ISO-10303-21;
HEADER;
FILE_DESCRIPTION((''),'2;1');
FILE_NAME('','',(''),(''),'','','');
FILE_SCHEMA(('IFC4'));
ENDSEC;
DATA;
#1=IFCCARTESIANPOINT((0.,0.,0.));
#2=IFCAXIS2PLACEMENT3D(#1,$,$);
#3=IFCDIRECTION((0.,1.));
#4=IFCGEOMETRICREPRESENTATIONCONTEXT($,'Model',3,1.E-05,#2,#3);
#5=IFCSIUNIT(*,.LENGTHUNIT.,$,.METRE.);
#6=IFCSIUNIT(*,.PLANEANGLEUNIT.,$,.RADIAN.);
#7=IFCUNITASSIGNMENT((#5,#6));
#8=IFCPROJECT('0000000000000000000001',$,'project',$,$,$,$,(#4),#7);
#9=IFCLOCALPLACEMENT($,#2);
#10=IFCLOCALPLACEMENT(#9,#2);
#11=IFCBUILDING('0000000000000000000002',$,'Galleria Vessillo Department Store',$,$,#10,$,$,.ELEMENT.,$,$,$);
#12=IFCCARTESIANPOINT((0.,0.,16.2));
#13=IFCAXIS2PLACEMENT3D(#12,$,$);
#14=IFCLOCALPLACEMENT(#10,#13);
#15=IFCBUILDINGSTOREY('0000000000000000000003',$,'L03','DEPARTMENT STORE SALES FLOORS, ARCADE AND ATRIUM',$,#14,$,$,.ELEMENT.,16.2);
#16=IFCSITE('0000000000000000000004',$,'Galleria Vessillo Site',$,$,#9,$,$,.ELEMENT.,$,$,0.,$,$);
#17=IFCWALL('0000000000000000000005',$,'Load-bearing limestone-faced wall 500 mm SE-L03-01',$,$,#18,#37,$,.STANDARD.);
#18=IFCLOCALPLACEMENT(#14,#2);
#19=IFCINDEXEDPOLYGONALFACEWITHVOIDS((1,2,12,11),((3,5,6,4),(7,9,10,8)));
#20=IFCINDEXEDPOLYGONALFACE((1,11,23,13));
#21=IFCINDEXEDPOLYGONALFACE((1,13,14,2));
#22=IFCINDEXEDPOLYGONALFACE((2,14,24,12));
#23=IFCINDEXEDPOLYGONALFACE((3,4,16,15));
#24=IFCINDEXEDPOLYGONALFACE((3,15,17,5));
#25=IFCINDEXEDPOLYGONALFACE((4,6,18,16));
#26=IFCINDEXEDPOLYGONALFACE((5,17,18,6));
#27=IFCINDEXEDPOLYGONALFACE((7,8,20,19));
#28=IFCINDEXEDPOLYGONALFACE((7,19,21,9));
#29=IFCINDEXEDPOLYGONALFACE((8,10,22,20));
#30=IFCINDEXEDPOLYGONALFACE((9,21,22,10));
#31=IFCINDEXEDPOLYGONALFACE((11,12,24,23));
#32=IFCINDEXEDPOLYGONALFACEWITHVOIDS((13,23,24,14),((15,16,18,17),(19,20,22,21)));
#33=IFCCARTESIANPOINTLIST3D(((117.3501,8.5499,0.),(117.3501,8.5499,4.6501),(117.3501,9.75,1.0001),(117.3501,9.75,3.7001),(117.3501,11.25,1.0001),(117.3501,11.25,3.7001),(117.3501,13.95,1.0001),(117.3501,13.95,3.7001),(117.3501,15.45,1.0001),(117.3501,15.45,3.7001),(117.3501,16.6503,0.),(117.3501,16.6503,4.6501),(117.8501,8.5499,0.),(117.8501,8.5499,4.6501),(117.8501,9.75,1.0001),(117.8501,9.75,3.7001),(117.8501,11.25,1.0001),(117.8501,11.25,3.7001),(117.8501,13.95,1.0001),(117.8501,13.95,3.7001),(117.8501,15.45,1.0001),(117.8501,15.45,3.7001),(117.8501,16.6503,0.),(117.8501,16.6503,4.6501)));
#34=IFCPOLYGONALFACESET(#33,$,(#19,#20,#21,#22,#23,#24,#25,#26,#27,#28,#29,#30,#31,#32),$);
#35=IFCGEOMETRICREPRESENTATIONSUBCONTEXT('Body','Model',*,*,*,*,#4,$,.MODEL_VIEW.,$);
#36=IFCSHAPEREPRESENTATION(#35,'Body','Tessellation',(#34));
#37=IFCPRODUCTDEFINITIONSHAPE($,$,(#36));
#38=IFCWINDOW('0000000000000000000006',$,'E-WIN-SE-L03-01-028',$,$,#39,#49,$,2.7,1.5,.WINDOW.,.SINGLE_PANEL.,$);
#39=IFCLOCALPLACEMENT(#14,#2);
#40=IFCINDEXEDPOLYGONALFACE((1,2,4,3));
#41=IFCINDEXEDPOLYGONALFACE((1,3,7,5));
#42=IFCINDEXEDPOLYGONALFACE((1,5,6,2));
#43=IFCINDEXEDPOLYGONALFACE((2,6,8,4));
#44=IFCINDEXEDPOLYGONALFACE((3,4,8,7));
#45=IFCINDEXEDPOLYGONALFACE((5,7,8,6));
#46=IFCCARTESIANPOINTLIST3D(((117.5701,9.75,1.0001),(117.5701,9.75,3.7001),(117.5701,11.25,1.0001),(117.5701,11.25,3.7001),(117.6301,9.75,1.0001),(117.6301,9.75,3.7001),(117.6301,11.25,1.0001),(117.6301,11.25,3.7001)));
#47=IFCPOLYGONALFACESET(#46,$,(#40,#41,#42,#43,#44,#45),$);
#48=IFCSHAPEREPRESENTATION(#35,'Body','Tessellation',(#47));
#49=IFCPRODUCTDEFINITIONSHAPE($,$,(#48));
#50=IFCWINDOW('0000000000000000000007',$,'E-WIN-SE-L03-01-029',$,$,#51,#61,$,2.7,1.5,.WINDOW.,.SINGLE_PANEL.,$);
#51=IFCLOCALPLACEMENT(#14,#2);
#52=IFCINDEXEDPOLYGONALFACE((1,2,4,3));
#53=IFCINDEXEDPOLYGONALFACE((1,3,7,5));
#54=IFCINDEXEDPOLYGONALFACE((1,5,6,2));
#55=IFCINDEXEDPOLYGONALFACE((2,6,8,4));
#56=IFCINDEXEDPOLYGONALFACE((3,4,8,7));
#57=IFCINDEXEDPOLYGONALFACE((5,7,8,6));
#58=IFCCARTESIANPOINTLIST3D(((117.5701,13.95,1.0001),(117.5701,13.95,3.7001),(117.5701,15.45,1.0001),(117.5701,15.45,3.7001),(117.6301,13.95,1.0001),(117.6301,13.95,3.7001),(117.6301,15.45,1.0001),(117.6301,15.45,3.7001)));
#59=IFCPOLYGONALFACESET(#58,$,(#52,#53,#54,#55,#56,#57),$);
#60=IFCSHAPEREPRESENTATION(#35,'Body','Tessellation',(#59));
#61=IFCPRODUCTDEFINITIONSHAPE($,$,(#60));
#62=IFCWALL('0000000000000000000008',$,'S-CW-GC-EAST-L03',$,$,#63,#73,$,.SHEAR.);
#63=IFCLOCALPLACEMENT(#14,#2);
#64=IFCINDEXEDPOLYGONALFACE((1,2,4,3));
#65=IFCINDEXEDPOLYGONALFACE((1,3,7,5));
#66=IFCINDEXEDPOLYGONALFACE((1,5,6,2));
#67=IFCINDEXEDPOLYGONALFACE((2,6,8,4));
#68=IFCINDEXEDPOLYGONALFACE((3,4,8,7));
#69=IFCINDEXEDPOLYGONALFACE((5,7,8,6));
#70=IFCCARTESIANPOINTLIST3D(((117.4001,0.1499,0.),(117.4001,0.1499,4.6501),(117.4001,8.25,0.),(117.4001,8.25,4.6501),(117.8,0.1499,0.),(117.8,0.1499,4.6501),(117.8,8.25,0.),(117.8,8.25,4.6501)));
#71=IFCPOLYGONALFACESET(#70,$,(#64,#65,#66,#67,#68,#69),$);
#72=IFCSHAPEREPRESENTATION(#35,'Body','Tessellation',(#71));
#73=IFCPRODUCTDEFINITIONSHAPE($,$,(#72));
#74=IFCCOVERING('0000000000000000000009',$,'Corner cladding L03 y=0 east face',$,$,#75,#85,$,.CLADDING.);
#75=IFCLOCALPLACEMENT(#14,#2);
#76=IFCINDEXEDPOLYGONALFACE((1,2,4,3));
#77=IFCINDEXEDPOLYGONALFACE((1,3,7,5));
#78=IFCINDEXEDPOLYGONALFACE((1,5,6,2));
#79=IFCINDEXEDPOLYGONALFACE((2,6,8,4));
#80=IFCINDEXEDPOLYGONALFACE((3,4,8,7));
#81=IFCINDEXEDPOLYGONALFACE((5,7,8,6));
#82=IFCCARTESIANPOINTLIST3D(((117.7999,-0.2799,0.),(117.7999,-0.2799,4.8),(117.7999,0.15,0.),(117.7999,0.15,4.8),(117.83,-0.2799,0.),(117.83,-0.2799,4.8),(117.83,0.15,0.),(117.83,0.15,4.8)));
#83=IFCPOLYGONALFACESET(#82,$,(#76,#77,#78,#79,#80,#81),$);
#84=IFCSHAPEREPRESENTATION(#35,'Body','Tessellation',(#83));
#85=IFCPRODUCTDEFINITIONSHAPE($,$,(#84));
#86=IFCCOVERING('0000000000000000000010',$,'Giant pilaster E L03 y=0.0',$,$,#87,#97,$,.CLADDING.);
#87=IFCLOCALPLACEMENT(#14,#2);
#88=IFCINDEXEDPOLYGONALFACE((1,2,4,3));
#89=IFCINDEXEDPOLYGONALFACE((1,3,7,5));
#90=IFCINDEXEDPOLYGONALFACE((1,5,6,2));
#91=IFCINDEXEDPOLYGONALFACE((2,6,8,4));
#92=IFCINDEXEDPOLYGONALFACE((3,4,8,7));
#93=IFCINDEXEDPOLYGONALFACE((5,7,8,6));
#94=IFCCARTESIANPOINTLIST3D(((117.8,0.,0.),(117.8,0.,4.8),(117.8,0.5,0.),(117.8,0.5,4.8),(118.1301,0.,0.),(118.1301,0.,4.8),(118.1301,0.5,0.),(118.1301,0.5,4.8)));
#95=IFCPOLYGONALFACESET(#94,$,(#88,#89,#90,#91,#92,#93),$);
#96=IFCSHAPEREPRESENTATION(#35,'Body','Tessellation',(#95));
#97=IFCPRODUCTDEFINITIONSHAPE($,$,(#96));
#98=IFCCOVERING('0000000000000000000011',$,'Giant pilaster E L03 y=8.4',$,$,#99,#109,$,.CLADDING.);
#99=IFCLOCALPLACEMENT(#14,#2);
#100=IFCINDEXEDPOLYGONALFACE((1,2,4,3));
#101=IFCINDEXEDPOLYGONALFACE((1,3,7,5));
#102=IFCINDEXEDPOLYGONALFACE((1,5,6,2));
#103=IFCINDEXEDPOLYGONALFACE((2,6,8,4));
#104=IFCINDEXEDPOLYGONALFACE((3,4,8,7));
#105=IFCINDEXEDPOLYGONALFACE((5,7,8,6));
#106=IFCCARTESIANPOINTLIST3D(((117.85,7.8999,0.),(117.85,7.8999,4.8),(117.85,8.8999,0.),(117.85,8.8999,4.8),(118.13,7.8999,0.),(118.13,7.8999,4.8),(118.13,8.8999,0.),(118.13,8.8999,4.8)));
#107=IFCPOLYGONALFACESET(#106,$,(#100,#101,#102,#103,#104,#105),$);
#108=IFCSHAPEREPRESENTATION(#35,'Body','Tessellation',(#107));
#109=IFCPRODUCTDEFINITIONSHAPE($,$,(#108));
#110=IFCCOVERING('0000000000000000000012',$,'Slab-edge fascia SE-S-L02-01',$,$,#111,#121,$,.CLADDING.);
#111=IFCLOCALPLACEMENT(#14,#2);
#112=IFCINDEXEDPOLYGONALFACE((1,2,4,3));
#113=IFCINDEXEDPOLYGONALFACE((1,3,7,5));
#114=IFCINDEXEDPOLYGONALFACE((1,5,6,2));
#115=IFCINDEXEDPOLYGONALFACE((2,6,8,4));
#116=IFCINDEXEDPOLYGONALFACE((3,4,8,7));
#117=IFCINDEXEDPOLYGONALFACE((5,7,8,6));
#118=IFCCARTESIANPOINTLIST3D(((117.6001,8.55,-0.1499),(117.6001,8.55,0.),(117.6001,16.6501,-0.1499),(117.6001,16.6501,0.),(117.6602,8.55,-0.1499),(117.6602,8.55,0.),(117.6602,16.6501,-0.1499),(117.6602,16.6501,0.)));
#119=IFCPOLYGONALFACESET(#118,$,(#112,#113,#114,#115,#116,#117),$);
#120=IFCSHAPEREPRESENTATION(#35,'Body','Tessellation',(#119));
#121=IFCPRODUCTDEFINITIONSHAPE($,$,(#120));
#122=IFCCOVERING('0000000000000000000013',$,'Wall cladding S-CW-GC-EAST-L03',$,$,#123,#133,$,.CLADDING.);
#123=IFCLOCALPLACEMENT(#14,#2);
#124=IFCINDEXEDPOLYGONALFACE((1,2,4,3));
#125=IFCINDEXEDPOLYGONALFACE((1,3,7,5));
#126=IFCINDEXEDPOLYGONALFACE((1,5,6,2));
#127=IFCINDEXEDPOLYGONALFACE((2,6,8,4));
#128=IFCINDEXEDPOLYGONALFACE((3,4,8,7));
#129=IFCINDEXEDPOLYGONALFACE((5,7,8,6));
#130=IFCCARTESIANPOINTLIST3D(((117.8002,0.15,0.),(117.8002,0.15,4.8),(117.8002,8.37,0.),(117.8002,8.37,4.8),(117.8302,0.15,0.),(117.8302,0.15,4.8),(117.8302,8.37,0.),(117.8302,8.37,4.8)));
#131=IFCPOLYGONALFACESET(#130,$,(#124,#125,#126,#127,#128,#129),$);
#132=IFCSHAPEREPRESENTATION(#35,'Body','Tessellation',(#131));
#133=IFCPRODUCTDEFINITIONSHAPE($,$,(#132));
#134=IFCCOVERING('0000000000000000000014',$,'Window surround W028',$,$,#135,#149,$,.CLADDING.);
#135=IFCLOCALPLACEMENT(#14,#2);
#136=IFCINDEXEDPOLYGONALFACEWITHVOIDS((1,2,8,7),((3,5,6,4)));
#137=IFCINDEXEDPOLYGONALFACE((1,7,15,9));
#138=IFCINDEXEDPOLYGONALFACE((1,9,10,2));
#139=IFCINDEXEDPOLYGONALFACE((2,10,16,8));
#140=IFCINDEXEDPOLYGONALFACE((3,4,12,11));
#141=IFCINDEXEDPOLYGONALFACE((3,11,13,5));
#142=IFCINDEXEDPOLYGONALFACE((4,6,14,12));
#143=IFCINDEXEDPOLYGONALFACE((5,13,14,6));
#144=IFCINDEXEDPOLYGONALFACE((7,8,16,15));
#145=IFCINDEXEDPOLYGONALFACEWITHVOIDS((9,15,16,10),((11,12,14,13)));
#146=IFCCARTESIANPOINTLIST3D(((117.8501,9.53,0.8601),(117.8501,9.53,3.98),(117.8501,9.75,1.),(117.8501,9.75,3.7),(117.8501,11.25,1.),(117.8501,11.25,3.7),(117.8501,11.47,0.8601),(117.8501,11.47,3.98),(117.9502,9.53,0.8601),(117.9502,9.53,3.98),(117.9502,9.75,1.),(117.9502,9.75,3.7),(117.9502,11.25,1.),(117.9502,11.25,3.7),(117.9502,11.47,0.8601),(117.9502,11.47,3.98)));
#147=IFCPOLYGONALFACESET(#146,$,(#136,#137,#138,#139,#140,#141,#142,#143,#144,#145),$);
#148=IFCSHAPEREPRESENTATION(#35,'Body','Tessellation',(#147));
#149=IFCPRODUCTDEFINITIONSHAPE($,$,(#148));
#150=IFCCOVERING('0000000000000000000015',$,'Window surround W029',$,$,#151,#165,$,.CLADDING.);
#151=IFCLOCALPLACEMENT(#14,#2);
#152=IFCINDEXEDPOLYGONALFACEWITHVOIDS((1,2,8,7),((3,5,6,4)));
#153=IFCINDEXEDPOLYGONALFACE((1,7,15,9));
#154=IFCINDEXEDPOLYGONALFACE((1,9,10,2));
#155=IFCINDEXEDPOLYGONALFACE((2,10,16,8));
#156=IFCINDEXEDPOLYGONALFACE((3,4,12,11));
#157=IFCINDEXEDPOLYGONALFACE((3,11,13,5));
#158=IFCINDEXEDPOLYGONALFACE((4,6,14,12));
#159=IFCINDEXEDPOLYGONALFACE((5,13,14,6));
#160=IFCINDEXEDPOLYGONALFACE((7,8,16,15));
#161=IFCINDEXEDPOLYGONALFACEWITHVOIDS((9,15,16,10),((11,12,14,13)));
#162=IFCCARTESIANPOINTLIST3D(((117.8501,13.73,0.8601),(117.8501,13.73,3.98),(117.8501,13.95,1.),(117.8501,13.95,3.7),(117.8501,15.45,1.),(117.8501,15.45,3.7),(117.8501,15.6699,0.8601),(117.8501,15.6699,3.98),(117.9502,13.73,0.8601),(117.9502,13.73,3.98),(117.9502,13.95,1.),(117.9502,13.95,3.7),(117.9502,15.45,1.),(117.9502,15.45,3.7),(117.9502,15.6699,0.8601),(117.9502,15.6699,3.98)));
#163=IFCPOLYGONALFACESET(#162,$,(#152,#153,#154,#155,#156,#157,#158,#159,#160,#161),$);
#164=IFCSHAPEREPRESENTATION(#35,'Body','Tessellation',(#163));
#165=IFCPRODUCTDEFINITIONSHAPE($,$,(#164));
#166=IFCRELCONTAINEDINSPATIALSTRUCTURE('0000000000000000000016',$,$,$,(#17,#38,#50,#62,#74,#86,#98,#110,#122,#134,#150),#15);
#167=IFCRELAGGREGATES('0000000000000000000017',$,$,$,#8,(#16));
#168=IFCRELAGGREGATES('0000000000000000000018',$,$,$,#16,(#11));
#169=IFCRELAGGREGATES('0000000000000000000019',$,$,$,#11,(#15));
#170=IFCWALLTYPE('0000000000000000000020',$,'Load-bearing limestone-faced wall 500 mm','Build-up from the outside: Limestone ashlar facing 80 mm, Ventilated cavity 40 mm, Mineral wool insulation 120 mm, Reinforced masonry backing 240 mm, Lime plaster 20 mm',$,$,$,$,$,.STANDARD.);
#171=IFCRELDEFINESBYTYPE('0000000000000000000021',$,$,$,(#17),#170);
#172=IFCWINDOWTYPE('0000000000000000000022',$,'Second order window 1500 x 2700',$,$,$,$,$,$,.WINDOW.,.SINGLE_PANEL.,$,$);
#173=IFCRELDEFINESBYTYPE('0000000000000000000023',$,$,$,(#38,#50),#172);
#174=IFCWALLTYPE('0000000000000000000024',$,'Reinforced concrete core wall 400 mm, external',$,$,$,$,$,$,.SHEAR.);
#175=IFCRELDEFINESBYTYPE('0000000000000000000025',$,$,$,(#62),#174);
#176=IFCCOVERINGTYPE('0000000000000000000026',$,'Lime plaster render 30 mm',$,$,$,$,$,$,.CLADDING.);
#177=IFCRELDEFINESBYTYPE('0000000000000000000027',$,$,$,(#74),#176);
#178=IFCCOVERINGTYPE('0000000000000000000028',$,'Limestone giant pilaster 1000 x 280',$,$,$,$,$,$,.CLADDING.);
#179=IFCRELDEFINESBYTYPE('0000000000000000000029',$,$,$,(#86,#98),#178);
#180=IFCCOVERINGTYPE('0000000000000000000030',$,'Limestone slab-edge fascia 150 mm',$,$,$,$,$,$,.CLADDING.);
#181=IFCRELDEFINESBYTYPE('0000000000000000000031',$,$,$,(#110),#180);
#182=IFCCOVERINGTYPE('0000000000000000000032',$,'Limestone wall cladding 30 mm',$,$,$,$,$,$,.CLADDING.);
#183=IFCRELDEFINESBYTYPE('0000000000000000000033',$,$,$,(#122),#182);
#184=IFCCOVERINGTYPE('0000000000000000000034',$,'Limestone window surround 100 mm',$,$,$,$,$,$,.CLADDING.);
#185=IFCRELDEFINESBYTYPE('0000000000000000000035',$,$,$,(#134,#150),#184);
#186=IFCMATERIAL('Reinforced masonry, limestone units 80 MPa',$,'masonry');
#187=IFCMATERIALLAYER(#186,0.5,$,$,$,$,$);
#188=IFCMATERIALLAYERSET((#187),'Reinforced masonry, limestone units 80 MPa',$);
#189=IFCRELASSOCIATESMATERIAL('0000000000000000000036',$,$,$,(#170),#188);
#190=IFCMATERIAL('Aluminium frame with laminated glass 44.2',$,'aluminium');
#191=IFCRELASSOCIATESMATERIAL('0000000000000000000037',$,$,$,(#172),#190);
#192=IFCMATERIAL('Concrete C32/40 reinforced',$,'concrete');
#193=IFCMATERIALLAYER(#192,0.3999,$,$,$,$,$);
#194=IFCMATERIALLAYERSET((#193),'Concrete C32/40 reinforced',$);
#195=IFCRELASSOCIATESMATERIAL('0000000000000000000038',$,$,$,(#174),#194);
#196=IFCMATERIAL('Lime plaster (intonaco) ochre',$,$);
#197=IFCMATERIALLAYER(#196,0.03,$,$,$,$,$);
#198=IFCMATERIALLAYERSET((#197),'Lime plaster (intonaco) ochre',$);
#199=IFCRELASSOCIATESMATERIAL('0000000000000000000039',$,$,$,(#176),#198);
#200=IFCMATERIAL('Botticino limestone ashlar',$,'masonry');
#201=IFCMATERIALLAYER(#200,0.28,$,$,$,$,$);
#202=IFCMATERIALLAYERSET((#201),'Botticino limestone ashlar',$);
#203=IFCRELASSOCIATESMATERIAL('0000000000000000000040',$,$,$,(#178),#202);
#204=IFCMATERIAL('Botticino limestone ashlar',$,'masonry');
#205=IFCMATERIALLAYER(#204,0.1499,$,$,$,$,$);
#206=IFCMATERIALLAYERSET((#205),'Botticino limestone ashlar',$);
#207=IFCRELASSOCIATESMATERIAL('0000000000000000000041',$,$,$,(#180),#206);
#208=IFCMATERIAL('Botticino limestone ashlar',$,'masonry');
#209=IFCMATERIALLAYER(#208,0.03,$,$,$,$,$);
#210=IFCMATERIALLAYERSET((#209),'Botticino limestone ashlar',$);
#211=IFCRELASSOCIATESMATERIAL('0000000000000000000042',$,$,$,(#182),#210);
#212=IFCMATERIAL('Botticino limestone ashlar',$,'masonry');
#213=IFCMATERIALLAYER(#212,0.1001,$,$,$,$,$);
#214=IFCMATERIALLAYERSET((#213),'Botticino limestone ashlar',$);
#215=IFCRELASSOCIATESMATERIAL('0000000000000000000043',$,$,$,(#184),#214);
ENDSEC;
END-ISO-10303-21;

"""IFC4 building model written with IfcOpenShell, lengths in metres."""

from ifc_helpers import new_model, si_unit, direction, frame, frame_2d, origin, origin_2d, place, context, subcontext, project, spatial, polyline, rectangle, outline, extrude, material, layer, layer_set, type_object, element, fill, save


model = new_model("IFC4")

# Units and contexts
model_context = context("Model", 3, precision=1e-05, world=origin(), true_north=direction((0.0, 1.0)))
body_context = subcontext(model_context, "Body", "Model", "MODEL_VIEW")
ifc_project = project(units=[si_unit("LENGTHUNIT", "METRE"), si_unit("PLANEANGLEUNIT", "RADIAN")], contexts=[model_context])

# Site, building, storey
site_placement = place(None, origin())
site = spatial("IfcSite", under=ifc_project, at=site_placement, Name="Galleria Vessillo Site", CompositionType="ELEMENT", RefElevation=0.0)
building_placement = place(site_placement, origin())
building = spatial("IfcBuilding", under=site, at=building_placement, Name="Galleria Vessillo Department Store", CompositionType="ELEMENT")
storey_placement = place(building_placement, frame((0.0, 0.0, 16.2)))
storey = spatial("IfcBuildingStorey", under=building, at=storey_placement, Name="L03", Description="DEPARTMENT STORE SALES FLOORS, ARCADE AND ATRIUM", CompositionType="ELEMENT", Elevation=16.2)

# Wall, openings, windows
ifc_material_1 = material(Name="Reinforced masonry, limestone units 80 MPa", Category="masonry")
ifc_layer_1 = layer(ifc_material_1, 0.5)
ifc_layer_set_1 = layer_set([ifc_layer_1], Name="Reinforced masonry, limestone units 80 MPa")
wall_type_1 = type_object("IfcWallType", Name="Load-bearing limestone-faced wall 500 mm", Description="Build-up from the outside: Limestone ashlar facing 80 mm, Ventilated cavity 40 mm, Mineral wool insulation 120 mm, Reinforced masonry backing 240 mm, Lime plaster 20 mm", PredefinedType="STANDARD", material=ifc_layer_set_1)
wall_1_placement = place(storey_placement, frame((117.6001, 8.5498, 0.0), z_axis=(0.0, 0.0, 1.0), x_axis=(0.0, 1.0, 0.0)))
wall_1 = element("IfcWall", 1, at=wall_1_placement, inside=storey, type_object=wall_type_1, Name="Load-bearing limestone-faced wall 500 mm SE-L03-01", PredefinedType="STANDARD", context=body_context, shape_type="SweptSolid", body=[
    extrude(rectangle(XDim=8.1003, YDim=0.5, at=frame_2d((4.0503, 0.0))), origin(), (0.0, 0.0, 1.0), 4.6501),
])
opening_1_placement = place(wall_1_placement, frame((1.2002, 0.0, 1.0)))
opening_1 = element("IfcOpeningElement", 2, at=opening_1_placement, cuts=wall_1, PredefinedType="OPENING", context=body_context, shape_type="SweptSolid", body=[
    extrude(rectangle(XDim=1.5, YDim=2.7, at=frame_2d((0.75, 1.3501))), frame((0.0, 0.26, 0.0), z_axis=(0.0, -1.0, 0.0), x_axis=(1.0, 0.0, 0.0)), (0.0, 0.0, 1.0), 0.52),
])
opening_2_placement = place(wall_1_placement, frame((5.4001, 0.0, 1.0)))
opening_2 = element("IfcOpeningElement", 3, at=opening_2_placement, cuts=wall_1, PredefinedType="OPENING", context=body_context, shape_type="SweptSolid", body=[
    extrude(rectangle(XDim=1.5, YDim=2.7, at=frame_2d((0.75, 1.3501))), frame((0.0, 0.26, 0.0), z_axis=(0.0, -1.0, 0.0), x_axis=(1.0, 0.0, 0.0)), (0.0, 0.0, 1.0), 0.52),
])
ifc_material_2 = material(Name="Aluminium frame with laminated glass 44.2", Category="aluminium")
window_type = type_object("IfcWindowType", Name="Second order window 1500 x 2700", PartitioningType="SINGLE_PANEL", PredefinedType="WINDOW", material=ifc_material_2)
window_1_placement = place(opening_1_placement, origin())
window_1 = element("IfcWindow", 4, at=window_1_placement, inside=storey, type_object=window_type, Name="E-WIN-SE-L03-01-028", OverallHeight=2.7, OverallWidth=1.5, PartitioningType="SINGLE_PANEL", PredefinedType="WINDOW", context=body_context, shape_type="SweptSolid", body=[
    extrude(rectangle(XDim=1.5, YDim=2.7, at=frame_2d((0.75, 1.3501))), frame((0.0, 0.03, 0.0), z_axis=(0.0, -1.0, 0.0), x_axis=(1.0, 0.0, 0.0)), (0.0, 0.0, 1.0), 0.0601),
])
fill(opening_1, window_1)
window_2_placement = place(opening_2_placement, origin())
window_2 = element("IfcWindow", 5, at=window_2_placement, inside=storey, type_object=window_type, Name="E-WIN-SE-L03-01-029", OverallHeight=2.7, OverallWidth=1.5, PartitioningType="SINGLE_PANEL", PredefinedType="WINDOW", context=body_context, shape_type="SweptSolid", body=[
    extrude(rectangle(XDim=1.5, YDim=2.7, at=frame_2d((0.75, 1.3501))), frame((0.0, 0.03, 0.0), z_axis=(0.0, -1.0, 0.0), x_axis=(1.0, 0.0, 0.0)), (0.0, 0.0, 1.0), 0.0601),
])
fill(opening_2, window_2)

# Wall
ifc_material_3 = material(Name="Concrete C32/40 reinforced", Category="concrete")
ifc_layer_2 = layer(ifc_material_3, 0.3999)
ifc_layer_set_2 = layer_set([ifc_layer_2], Name="Concrete C32/40 reinforced")
wall_type_2 = type_object("IfcWallType", Name="Reinforced concrete core wall 400 mm, external", PredefinedType="SHEAR", material=ifc_layer_set_2)
wall_2_placement = place(storey_placement, frame((117.6001, 0.1499, 0.0), z_axis=(0.0, 0.0, 1.0), x_axis=(0.0, 1.0, 0.0)))
element("IfcWall", 6, at=wall_2_placement, inside=storey, type_object=wall_type_2, Name="S-CW-GC-EAST-L03", PredefinedType="SHEAR", context=body_context, shape_type="SweptSolid", body=[
    extrude(rectangle(XDim=8.1001, YDim=0.3999, at=frame_2d((4.05, 0.0))), origin(), (0.0, 0.0, 1.0), 4.6501),
])

# Coverings
ifc_material_4 = material(Name="Lime plaster (intonaco) ochre")
ifc_layer_3 = layer(ifc_material_4, 0.03)
ifc_layer_set_3 = layer_set([ifc_layer_3], Name="Lime plaster (intonaco) ochre")
covering_type_1 = type_object("IfcCoveringType", Name="Lime plaster render 30 mm", PredefinedType="CLADDING", material=ifc_layer_set_3)
covering_1_placement = place(storey_placement, frame((117.8149, -0.0649, 0.0), z_axis=(0.0, 0.0, 1.0), x_axis=(1.0, 0.0, 0.0)))
element("IfcCovering", 7, at=covering_1_placement, inside=storey, type_object=covering_type_1, Name="Corner cladding L03 y=0 east face", PredefinedType="CLADDING", context=body_context, shape_type="SweptSolid", body=[
    extrude(rectangle(XDim=0.03, YDim=0.4299, at=origin_2d()), origin(), (0.0, 0.0, 1.0), 4.8),
])
ifc_material_5 = material(Name="Botticino limestone ashlar", Category="masonry")
ifc_layer_4 = layer(ifc_material_5, 0.28)
ifc_layer_set_4 = layer_set([ifc_layer_4], Name="Botticino limestone ashlar")
covering_type_2 = type_object("IfcCoveringType", Name="Limestone giant pilaster 1000 x 280", PredefinedType="CLADDING", material=ifc_layer_set_4)
covering_2_placement = place(storey_placement, frame((117.9651, 0.25, 0.0), z_axis=(0.0, 0.0, 1.0), x_axis=(1.0, 0.0, 0.0)))
element("IfcCovering", 8, at=covering_2_placement, inside=storey, type_object=covering_type_2, Name="Giant pilaster E L03 y=0.0", PredefinedType="CLADDING", context=body_context, shape_type="SweptSolid", body=[
    extrude(rectangle(XDim=0.3301, YDim=0.5, at=origin_2d()), origin(), (0.0, 0.0, 1.0), 4.8),
])
covering_3_placement = place(storey_placement, frame((117.99, 8.3999, 0.0), z_axis=(0.0, 0.0, 1.0), x_axis=(1.0, 0.0, 0.0)))
element("IfcCovering", 9, at=covering_3_placement, inside=storey, type_object=covering_type_2, Name="Giant pilaster E L03 y=8.4", PredefinedType="CLADDING", context=body_context, shape_type="SweptSolid", body=[
    extrude(rectangle(XDim=0.28, YDim=1.0, at=origin_2d()), origin(), (0.0, 0.0, 1.0), 4.8),
])
ifc_material_6 = material(Name="Botticino limestone ashlar", Category="masonry")
ifc_layer_5 = layer(ifc_material_6, 0.1499)
ifc_layer_set_5 = layer_set([ifc_layer_5], Name="Botticino limestone ashlar")
covering_type_3 = type_object("IfcCoveringType", Name="Limestone slab-edge fascia 150 mm", PredefinedType="CLADDING", material=ifc_layer_set_5)
covering_4_placement = place(storey_placement, frame((117.6301, 12.6001, -0.1499), z_axis=(0.0, 0.0, 1.0), x_axis=(1.0, 0.0, 0.0)))
element("IfcCovering", 10, at=covering_4_placement, inside=storey, type_object=covering_type_3, Name="Slab-edge fascia SE-S-L02-01", PredefinedType="CLADDING", context=body_context, shape_type="SweptSolid", body=[
    extrude(rectangle(XDim=0.0601, YDim=8.1001, at=origin_2d()), origin(), (0.0, 0.0, 1.0), 0.1499),
])
ifc_material_7 = material(Name="Botticino limestone ashlar", Category="masonry")
ifc_layer_6 = layer(ifc_material_7, 0.03)
ifc_layer_set_6 = layer_set([ifc_layer_6], Name="Botticino limestone ashlar")
covering_type_4 = type_object("IfcCoveringType", Name="Limestone wall cladding 30 mm", PredefinedType="CLADDING", material=ifc_layer_set_6)
covering_5_placement = place(storey_placement, frame((117.8152, 4.26, 0.0), z_axis=(0.0, 0.0, 1.0), x_axis=(1.0, 0.0, 0.0)))
element("IfcCovering", 11, at=covering_5_placement, inside=storey, type_object=covering_type_4, Name="Wall cladding S-CW-GC-EAST-L03", PredefinedType="CLADDING", context=body_context, shape_type="SweptSolid", body=[
    extrude(rectangle(XDim=0.03, YDim=8.22, at=origin_2d()), origin(), (0.0, 0.0, 1.0), 4.8),
])
ifc_material_8 = material(Name="Botticino limestone ashlar", Category="masonry")
ifc_layer_7 = layer(ifc_material_8, 0.1001)
ifc_layer_set_7 = layer_set([ifc_layer_7], Name="Botticino limestone ashlar")
covering_type_5 = type_object("IfcCoveringType", Name="Limestone window surround 100 mm", PredefinedType="CLADDING", material=ifc_layer_set_7)
covering_6_placement = place(storey_placement, frame((117.8501, 0.0, 1.0), z_axis=(1.0, 0.0, 0.0), x_axis=(0.0, 1.0, 0.0)))
element("IfcCovering", 12, at=covering_6_placement, inside=storey, type_object=covering_type_5, Name="Window surround W028", PredefinedType="CLADDING", context=body_context, shape_type="SweptSolid", body=[
    extrude(outline(polyline([(9.53, -0.1399), (11.47, -0.1399), (11.47, 2.98), (9.53, 2.98), (9.53, -0.1399)]), holes=[polyline([(9.75, 0.0), (11.25, 0.0), (11.25, 2.7), (9.75, 2.7), (9.75, 0.0)])]), origin(), (0.0, 0.0, 1.0), 0.1001),
])
covering_7_placement = place(storey_placement, frame((117.8501, 0.0, 1.0), z_axis=(1.0, 0.0, 0.0), x_axis=(0.0, 1.0, 0.0)))
element("IfcCovering", 13, at=covering_7_placement, inside=storey, type_object=covering_type_5, Name="Window surround W029", PredefinedType="CLADDING", context=body_context, shape_type="SweptSolid", body=[
    extrude(outline(polyline([(13.73, -0.1399), (15.6699, -0.1399), (15.6699, 2.98), (13.73, 2.98), (13.73, -0.1399)]), holes=[polyline([(13.95, 0.0), (15.45, 0.0), (15.45, 2.7), (13.95, 2.7), (13.95, 0.0)])]), origin(), (0.0, 0.0, 1.0), 0.1001),
])

save(model, "model.ifc")
